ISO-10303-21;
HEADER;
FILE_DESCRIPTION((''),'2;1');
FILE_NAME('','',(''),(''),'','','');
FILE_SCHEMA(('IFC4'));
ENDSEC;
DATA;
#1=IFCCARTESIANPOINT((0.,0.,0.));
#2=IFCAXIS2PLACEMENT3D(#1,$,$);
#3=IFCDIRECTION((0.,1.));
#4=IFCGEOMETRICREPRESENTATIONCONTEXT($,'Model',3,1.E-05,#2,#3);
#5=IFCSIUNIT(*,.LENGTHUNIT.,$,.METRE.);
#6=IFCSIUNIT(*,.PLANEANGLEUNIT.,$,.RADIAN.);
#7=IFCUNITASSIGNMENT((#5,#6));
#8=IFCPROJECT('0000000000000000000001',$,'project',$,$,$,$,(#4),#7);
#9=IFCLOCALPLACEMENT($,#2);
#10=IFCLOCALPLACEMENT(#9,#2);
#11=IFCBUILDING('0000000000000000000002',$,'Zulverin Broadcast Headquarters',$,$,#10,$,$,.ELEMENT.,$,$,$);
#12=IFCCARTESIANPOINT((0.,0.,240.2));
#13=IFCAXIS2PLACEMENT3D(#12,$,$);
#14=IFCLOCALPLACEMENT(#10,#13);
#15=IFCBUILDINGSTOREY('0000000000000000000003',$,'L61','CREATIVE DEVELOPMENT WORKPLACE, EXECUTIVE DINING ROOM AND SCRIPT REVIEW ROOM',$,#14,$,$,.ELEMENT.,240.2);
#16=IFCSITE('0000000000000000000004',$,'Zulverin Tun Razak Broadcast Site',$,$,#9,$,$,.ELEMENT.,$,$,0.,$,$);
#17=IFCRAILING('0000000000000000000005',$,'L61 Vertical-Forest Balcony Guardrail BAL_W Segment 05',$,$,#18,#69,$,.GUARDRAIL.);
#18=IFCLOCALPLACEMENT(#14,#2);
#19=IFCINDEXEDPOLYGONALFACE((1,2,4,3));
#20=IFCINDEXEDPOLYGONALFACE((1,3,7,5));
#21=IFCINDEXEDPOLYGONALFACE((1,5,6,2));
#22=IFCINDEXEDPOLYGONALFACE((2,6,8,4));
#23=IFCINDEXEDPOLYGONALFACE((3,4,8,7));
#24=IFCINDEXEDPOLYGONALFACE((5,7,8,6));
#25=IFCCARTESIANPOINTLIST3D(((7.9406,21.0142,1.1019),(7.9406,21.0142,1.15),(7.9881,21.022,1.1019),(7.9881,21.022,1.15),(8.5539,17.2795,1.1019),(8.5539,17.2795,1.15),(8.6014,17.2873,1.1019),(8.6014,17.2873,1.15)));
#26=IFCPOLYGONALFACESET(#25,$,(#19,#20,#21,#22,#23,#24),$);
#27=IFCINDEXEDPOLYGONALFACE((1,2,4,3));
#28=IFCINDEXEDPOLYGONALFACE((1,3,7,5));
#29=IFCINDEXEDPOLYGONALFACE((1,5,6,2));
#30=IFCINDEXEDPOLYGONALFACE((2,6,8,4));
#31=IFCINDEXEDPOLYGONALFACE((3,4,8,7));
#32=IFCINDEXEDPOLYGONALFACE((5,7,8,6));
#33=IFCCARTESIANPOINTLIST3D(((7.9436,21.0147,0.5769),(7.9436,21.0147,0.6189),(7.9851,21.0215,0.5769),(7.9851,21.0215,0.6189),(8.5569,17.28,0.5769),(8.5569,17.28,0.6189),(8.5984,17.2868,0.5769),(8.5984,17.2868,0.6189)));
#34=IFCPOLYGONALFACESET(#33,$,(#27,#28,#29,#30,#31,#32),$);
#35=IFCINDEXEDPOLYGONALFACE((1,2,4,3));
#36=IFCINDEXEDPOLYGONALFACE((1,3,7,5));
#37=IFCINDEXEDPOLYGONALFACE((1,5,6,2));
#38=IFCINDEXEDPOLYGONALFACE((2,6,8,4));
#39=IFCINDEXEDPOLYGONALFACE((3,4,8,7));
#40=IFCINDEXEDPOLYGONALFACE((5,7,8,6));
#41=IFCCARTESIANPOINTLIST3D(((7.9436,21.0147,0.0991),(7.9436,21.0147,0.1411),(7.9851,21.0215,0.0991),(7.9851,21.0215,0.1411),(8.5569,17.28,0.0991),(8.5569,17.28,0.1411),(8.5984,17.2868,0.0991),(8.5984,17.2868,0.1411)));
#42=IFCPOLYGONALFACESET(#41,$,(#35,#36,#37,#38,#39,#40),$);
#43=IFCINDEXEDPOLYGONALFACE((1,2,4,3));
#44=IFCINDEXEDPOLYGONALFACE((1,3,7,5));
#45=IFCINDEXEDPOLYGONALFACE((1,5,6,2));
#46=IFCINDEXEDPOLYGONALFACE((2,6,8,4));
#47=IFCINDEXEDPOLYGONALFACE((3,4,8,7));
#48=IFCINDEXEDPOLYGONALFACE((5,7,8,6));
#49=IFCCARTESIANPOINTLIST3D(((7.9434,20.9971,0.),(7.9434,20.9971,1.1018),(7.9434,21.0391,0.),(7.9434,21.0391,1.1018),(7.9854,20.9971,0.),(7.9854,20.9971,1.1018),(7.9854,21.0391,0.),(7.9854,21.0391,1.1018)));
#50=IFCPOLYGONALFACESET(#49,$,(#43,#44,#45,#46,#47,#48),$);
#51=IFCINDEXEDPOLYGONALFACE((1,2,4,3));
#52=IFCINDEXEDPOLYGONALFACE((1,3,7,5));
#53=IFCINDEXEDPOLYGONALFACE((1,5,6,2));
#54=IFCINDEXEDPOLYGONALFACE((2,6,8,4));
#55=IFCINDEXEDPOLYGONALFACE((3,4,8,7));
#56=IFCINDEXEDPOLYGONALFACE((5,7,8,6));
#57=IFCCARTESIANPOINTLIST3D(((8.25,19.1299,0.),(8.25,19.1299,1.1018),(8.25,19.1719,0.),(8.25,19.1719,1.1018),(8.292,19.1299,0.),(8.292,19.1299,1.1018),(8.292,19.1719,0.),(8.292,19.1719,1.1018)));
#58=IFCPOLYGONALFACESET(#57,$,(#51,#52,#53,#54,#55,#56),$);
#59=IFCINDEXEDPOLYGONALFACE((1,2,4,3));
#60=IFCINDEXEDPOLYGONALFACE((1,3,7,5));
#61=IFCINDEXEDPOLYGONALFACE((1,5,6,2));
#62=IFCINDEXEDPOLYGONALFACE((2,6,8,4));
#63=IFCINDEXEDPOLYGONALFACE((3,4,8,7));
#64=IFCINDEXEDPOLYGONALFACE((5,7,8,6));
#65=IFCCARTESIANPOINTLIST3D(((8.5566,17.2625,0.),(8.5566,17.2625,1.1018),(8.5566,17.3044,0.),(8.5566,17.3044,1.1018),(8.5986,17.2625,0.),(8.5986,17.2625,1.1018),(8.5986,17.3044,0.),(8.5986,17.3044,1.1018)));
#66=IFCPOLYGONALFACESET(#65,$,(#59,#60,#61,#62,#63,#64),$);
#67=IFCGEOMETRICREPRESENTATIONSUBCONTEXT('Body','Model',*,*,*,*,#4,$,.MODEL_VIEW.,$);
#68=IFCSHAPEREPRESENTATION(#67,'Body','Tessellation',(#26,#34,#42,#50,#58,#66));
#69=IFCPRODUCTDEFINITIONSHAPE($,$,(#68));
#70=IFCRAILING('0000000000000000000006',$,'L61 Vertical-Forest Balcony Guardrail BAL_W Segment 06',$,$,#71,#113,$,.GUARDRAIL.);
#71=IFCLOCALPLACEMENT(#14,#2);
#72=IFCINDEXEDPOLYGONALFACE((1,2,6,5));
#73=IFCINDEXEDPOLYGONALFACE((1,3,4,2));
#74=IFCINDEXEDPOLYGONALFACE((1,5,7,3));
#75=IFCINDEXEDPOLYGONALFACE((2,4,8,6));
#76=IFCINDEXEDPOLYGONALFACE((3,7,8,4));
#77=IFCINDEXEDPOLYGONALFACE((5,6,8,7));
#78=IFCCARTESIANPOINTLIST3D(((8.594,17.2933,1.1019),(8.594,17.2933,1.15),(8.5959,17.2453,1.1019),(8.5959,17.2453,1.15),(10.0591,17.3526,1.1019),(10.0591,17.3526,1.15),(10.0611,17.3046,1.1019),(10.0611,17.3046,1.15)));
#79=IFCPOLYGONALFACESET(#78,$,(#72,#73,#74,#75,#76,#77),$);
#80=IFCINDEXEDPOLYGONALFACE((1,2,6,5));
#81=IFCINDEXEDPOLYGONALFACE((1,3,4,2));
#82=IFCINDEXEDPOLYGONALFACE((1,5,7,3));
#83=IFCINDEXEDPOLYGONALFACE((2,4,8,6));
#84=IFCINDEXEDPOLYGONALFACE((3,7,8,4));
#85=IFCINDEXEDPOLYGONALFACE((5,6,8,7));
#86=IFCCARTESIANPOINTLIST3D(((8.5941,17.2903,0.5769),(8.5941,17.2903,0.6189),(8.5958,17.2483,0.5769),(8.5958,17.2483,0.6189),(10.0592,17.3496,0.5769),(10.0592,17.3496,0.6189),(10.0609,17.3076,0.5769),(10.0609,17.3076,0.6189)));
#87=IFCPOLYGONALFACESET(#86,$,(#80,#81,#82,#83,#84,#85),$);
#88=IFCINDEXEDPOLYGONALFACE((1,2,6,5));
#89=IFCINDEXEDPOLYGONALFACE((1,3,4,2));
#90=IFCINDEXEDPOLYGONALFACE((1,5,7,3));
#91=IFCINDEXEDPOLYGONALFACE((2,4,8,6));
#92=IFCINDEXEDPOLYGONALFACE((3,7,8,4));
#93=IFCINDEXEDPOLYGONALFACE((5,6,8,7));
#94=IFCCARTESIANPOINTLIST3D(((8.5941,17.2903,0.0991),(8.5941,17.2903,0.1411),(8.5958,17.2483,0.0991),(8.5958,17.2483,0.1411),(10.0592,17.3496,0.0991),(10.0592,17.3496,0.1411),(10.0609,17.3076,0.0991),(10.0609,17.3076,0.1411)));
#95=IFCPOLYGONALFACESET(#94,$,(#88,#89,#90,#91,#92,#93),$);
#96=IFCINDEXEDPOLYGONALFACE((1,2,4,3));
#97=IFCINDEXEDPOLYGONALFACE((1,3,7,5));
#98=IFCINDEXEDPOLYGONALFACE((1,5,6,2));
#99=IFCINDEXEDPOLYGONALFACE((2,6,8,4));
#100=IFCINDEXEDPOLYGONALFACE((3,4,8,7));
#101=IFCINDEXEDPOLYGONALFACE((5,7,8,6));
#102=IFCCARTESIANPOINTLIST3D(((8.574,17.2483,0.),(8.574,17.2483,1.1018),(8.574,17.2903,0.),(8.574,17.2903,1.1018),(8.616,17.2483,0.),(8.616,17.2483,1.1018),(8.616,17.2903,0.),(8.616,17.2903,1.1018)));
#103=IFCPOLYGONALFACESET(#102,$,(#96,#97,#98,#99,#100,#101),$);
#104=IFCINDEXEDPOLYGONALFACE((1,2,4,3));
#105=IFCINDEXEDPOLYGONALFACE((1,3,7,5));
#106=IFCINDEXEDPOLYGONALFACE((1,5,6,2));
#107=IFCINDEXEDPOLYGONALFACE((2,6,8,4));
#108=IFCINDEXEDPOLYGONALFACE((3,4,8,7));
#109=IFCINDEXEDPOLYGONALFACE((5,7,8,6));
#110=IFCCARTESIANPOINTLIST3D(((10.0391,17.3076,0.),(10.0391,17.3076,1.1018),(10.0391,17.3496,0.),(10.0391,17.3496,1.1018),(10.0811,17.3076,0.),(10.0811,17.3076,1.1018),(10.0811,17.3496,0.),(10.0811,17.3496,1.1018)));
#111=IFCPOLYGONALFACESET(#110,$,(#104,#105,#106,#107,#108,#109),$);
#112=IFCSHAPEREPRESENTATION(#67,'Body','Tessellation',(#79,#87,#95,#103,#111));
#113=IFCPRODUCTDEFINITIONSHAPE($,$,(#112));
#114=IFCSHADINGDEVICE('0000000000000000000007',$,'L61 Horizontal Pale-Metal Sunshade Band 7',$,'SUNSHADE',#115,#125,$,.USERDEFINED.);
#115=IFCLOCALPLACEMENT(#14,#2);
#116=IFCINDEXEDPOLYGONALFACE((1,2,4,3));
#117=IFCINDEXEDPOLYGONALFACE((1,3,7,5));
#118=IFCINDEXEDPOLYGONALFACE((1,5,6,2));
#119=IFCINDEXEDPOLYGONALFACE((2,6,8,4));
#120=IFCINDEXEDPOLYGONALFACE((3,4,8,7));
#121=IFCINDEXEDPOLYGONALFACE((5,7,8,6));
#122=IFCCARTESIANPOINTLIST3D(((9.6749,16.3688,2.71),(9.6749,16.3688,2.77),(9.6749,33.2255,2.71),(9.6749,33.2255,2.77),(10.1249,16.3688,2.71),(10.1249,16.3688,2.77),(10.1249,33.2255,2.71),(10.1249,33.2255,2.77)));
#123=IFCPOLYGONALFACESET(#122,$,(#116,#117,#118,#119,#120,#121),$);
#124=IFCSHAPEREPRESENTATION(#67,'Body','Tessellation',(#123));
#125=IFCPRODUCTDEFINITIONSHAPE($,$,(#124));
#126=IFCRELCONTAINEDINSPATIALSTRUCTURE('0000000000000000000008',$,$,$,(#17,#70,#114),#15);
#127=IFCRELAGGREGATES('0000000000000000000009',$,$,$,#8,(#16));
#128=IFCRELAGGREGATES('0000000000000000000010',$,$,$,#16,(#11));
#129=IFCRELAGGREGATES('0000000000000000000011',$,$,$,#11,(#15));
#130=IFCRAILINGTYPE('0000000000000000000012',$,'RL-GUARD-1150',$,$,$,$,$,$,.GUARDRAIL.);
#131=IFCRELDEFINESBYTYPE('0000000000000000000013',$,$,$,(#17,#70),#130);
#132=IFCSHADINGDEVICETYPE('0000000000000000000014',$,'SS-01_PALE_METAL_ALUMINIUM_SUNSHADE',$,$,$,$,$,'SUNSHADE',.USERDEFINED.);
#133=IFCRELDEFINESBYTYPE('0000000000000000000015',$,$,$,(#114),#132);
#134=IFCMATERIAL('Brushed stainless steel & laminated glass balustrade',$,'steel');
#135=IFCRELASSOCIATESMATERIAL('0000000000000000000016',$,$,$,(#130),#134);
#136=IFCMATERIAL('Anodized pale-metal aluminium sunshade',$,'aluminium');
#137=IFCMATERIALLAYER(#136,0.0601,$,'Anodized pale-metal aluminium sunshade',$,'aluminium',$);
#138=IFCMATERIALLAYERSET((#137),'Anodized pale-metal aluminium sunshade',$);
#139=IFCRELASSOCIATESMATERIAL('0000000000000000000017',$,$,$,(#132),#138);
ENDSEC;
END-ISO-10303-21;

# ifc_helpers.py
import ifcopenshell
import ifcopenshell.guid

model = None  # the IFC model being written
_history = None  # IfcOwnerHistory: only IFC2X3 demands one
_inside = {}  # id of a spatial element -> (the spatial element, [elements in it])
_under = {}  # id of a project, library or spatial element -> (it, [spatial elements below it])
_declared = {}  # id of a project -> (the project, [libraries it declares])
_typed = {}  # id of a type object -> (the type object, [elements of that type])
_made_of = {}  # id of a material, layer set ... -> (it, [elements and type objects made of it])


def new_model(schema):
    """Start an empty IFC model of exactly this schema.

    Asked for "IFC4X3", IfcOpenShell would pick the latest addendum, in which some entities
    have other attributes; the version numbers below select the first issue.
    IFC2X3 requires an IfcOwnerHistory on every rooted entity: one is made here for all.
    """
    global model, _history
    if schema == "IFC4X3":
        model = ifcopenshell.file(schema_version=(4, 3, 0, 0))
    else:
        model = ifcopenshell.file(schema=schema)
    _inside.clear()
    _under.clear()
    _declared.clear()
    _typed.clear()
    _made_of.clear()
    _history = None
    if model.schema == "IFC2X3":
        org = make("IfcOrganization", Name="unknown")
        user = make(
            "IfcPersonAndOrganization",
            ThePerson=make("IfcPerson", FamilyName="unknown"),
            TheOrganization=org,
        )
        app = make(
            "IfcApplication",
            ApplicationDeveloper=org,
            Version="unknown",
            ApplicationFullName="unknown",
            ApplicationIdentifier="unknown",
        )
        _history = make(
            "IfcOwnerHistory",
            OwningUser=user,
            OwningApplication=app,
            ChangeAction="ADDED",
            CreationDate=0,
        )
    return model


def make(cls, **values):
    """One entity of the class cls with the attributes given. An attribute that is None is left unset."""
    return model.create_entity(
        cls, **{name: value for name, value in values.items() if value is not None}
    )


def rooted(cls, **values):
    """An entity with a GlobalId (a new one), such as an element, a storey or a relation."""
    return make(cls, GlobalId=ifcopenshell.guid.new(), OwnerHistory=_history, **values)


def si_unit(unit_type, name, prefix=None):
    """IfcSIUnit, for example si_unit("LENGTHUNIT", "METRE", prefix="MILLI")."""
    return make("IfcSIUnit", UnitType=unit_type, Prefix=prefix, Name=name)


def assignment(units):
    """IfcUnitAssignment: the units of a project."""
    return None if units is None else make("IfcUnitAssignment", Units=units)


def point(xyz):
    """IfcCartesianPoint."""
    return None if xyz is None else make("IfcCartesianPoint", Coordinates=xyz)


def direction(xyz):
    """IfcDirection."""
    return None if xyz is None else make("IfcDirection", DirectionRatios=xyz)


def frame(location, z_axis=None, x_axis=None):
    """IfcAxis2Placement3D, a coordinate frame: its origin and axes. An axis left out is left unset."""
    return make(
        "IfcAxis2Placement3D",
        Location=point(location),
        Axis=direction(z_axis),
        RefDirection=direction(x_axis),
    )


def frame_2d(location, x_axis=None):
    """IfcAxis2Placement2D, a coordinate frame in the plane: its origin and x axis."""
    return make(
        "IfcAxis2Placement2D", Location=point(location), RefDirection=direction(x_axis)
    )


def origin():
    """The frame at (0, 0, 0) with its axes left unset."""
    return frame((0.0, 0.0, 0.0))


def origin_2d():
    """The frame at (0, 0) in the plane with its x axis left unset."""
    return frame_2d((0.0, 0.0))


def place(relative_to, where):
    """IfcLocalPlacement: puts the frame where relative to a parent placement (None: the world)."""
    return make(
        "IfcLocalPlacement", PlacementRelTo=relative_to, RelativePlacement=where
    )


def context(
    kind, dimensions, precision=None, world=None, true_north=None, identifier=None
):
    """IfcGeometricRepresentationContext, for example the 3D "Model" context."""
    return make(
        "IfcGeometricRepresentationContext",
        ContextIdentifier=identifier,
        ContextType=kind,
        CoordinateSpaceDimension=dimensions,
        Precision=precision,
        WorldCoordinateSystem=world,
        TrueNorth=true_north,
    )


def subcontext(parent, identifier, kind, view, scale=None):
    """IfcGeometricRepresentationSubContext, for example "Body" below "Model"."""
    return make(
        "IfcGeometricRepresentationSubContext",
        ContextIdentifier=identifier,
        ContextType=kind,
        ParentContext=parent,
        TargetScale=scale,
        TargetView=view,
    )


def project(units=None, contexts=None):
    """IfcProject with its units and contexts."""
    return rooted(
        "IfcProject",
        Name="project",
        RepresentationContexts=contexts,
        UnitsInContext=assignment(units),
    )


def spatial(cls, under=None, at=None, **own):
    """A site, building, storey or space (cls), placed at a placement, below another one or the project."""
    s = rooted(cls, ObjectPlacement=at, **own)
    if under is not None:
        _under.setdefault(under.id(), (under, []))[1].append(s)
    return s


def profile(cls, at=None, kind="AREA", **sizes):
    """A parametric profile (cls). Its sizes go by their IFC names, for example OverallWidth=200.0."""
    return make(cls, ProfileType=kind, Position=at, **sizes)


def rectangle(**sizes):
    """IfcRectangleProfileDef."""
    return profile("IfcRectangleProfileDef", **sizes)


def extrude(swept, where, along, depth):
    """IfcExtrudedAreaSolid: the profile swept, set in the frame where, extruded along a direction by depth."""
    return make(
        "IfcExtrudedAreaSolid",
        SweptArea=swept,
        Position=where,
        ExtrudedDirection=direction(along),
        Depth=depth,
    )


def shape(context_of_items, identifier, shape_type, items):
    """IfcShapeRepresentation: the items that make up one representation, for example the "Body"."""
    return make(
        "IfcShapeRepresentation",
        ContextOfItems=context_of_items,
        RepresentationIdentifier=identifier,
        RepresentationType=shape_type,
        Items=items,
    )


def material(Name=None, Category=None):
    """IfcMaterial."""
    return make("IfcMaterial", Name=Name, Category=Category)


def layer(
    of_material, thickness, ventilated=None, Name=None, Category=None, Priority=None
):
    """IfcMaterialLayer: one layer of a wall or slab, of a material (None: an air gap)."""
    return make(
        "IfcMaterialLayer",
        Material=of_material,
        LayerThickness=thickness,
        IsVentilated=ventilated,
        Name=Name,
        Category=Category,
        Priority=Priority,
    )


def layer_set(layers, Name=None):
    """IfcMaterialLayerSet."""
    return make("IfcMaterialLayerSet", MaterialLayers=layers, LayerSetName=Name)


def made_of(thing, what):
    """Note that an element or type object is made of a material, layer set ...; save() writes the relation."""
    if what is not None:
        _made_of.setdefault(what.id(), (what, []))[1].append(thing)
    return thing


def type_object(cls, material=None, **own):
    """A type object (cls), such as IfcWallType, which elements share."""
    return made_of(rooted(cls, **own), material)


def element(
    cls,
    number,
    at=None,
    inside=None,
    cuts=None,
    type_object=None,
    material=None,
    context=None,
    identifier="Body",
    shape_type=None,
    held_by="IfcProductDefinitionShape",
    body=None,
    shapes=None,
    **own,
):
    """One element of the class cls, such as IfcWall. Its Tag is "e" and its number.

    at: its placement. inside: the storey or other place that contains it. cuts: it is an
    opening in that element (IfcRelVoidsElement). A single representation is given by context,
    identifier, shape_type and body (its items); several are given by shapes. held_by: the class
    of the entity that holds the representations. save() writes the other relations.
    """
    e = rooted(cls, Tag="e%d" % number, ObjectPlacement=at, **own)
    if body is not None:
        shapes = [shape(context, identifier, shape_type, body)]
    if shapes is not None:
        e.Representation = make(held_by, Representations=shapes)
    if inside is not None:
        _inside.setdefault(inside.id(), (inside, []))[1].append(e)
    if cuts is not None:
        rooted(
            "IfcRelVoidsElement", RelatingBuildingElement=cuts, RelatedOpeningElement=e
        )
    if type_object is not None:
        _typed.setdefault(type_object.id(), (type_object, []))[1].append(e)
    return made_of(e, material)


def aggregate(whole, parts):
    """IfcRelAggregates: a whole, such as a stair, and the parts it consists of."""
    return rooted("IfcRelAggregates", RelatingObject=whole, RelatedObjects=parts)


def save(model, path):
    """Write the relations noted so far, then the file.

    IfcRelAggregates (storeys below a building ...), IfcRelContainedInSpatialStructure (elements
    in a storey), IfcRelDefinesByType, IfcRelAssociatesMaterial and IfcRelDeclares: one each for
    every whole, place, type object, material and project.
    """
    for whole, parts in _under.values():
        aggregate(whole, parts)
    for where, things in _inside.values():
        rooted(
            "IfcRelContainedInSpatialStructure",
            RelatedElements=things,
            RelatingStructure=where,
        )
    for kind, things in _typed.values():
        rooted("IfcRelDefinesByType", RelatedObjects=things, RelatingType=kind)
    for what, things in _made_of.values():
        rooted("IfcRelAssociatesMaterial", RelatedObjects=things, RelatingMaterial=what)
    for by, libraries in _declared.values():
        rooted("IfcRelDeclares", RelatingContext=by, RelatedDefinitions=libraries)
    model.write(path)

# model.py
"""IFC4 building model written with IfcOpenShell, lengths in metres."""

from ifc_helpers import new_model, si_unit, direction, frame, origin, origin_2d, place, context, subcontext, project, spatial, rectangle, extrude, material, layer, layer_set, type_object, element, save


model = new_model("IFC4")

# Units and contexts
model_context = context("Model", 3, precision=1e-05, world=origin(), true_north=direction((0.0, 1.0)))
body_context = subcontext(model_context, "Body", "Model", "MODEL_VIEW")
ifc_project = project(units=[si_unit("LENGTHUNIT", "METRE"), si_unit("PLANEANGLEUNIT", "RADIAN")], contexts=[model_context])

# Site, building, storey
site_placement = place(None, origin())
site = spatial("IfcSite", under=ifc_project, at=site_placement, Name="Zulverin Tun Razak Broadcast Site", CompositionType="ELEMENT", RefElevation=0.0)
building_placement = place(site_placement, origin())
building = spatial("IfcBuilding", under=site, at=building_placement, Name="Zulverin Broadcast Headquarters", CompositionType="ELEMENT")
storey_placement = place(building_placement, frame((0.0, 0.0, 240.2)))
storey = spatial("IfcBuildingStorey", under=building, at=storey_placement, Name="L61", Description="CREATIVE DEVELOPMENT WORKPLACE, EXECUTIVE DINING ROOM AND SCRIPT REVIEW ROOM", CompositionType="ELEMENT", Elevation=240.2)

# Railings
ifc_material_1 = material(Name="Brushed stainless steel & laminated glass balustrade", Category="steel")
railing_type = type_object("IfcRailingType", Name="RL-GUARD-1150", PredefinedType="GUARDRAIL", material=ifc_material_1)
railing_1_placement = place(storey_placement, frame((7.9644, 21.0181, 0.0)))
element("IfcRailing", 1, at=railing_1_placement, inside=storey, type_object=railing_type, Name="L61 Vertical-Forest Balcony Guardrail BAL_W Segment 05", PredefinedType="GUARDRAIL", context=body_context, shape_type="SweptSolid", body=[
    extrude(rectangle(XDim=0.0481, YDim=0.0481, at=origin_2d()), frame((0.0, 0.0, 1.126), z_axis=(0.162045, -0.986783, 0.0), x_axis=(0.986783, 0.162045, 0.0)), (0.0, 0.0, 1.0), 3.7847),
    extrude(rectangle(XDim=0.042, YDim=0.042, at=origin_2d()), frame((0.0, 0.0, 0.5979), z_axis=(0.162045, -0.986783, 0.0), x_axis=(0.986783, 0.162045, 0.0)), (0.0, 0.0, 1.0), 3.7847),
    extrude(rectangle(XDim=0.042, YDim=0.042, at=origin_2d()), frame((0.0, 0.0, 0.1201), z_axis=(0.162045, -0.986783, 0.0), x_axis=(0.986783, 0.162045, 0.0)), (0.0, 0.0, 1.0), 3.7847),
    extrude(rectangle(XDim=0.042, YDim=0.042, at=origin_2d()), origin(), (0.0, 0.0, 1.0), 1.1018),
    extrude(rectangle(XDim=0.042, YDim=0.042, at=origin_2d()), frame((0.3066, -1.8672, 0.0)), (0.0, 0.0, 1.0), 1.1018),
    extrude(rectangle(XDim=0.042, YDim=0.042, at=origin_2d()), frame((0.6133, -3.7346, 0.0)), (0.0, 0.0, 1.0), 1.1018),
])
railing_2_placement = place(storey_placement, frame((8.595, 17.2693, 0.0)))
element("IfcRailing", 2, at=railing_2_placement, inside=storey, type_object=railing_type, Name="L61 Vertical-Forest Balcony Guardrail BAL_W Segment 06", PredefinedType="GUARDRAIL", context=body_context, shape_type="SweptSolid", body=[
    extrude(rectangle(XDim=0.0481, YDim=0.0481, at=origin_2d()), frame((0.0, 0.0, 1.126), z_axis=(0.999181, 0.04046, 0.0), x_axis=(-0.04046, 0.999181, 0.0)), (0.0, 0.0, 1.0), 1.4663),
    extrude(rectangle(XDim=0.042, YDim=0.042, at=origin_2d()), frame((0.0, 0.0, 0.5979), z_axis=(0.999181, 0.04046, 0.0), x_axis=(-0.04046, 0.999181, 0.0)), (0.0, 0.0, 1.0), 1.4663),
    extrude(rectangle(XDim=0.042, YDim=0.042, at=origin_2d()), frame((0.0, 0.0, 0.1201), z_axis=(0.999181, 0.04046, 0.0), x_axis=(-0.04046, 0.999181, 0.0)), (0.0, 0.0, 1.0), 1.4663),
    extrude(rectangle(XDim=0.042, YDim=0.042, at=origin_2d()), origin(), (0.0, 0.0, 1.0), 1.1018),
    extrude(rectangle(XDim=0.042, YDim=0.042, at=origin_2d()), frame((1.4651, 0.0593, 0.0)), (0.0, 0.0, 1.0), 1.1018),
])

# Shading device
ifc_material_2 = material(Name="Anodized pale-metal aluminium sunshade", Category="aluminium")
ifc_layer_1 = layer(ifc_material_2, 0.0601, Name="Anodized pale-metal aluminium sunshade", Category="aluminium")
ifc_layer_set_1 = layer_set([ifc_layer_1], Name="Anodized pale-metal aluminium sunshade")
shading_device_type = type_object("IfcShadingDeviceType", Name="SS-01_PALE_METAL_ALUMINIUM_SUNSHADE", ElementType="SUNSHADE", PredefinedType="USERDEFINED", material=ifc_layer_set_1)
shading_device_placement = place(storey_placement, frame((9.8999, 24.7971, 2.71), z_axis=(0.0, 0.0, 1.0), x_axis=(0.0, -1.0, 0.0)))
element("IfcShadingDevice", 3, at=shading_device_placement, inside=storey, type_object=shading_device_type, Name="L61 Horizontal Pale-Metal Sunshade Band 7", ObjectType="SUNSHADE", PredefinedType="USERDEFINED", context=body_context, shape_type="SweptSolid", body=[
    extrude(rectangle(XDim=16.8567, YDim=0.45, at=origin_2d()), origin(), (0.0, 0.0, 1.0), 0.0601),
])

save(model, "model.ifc")
